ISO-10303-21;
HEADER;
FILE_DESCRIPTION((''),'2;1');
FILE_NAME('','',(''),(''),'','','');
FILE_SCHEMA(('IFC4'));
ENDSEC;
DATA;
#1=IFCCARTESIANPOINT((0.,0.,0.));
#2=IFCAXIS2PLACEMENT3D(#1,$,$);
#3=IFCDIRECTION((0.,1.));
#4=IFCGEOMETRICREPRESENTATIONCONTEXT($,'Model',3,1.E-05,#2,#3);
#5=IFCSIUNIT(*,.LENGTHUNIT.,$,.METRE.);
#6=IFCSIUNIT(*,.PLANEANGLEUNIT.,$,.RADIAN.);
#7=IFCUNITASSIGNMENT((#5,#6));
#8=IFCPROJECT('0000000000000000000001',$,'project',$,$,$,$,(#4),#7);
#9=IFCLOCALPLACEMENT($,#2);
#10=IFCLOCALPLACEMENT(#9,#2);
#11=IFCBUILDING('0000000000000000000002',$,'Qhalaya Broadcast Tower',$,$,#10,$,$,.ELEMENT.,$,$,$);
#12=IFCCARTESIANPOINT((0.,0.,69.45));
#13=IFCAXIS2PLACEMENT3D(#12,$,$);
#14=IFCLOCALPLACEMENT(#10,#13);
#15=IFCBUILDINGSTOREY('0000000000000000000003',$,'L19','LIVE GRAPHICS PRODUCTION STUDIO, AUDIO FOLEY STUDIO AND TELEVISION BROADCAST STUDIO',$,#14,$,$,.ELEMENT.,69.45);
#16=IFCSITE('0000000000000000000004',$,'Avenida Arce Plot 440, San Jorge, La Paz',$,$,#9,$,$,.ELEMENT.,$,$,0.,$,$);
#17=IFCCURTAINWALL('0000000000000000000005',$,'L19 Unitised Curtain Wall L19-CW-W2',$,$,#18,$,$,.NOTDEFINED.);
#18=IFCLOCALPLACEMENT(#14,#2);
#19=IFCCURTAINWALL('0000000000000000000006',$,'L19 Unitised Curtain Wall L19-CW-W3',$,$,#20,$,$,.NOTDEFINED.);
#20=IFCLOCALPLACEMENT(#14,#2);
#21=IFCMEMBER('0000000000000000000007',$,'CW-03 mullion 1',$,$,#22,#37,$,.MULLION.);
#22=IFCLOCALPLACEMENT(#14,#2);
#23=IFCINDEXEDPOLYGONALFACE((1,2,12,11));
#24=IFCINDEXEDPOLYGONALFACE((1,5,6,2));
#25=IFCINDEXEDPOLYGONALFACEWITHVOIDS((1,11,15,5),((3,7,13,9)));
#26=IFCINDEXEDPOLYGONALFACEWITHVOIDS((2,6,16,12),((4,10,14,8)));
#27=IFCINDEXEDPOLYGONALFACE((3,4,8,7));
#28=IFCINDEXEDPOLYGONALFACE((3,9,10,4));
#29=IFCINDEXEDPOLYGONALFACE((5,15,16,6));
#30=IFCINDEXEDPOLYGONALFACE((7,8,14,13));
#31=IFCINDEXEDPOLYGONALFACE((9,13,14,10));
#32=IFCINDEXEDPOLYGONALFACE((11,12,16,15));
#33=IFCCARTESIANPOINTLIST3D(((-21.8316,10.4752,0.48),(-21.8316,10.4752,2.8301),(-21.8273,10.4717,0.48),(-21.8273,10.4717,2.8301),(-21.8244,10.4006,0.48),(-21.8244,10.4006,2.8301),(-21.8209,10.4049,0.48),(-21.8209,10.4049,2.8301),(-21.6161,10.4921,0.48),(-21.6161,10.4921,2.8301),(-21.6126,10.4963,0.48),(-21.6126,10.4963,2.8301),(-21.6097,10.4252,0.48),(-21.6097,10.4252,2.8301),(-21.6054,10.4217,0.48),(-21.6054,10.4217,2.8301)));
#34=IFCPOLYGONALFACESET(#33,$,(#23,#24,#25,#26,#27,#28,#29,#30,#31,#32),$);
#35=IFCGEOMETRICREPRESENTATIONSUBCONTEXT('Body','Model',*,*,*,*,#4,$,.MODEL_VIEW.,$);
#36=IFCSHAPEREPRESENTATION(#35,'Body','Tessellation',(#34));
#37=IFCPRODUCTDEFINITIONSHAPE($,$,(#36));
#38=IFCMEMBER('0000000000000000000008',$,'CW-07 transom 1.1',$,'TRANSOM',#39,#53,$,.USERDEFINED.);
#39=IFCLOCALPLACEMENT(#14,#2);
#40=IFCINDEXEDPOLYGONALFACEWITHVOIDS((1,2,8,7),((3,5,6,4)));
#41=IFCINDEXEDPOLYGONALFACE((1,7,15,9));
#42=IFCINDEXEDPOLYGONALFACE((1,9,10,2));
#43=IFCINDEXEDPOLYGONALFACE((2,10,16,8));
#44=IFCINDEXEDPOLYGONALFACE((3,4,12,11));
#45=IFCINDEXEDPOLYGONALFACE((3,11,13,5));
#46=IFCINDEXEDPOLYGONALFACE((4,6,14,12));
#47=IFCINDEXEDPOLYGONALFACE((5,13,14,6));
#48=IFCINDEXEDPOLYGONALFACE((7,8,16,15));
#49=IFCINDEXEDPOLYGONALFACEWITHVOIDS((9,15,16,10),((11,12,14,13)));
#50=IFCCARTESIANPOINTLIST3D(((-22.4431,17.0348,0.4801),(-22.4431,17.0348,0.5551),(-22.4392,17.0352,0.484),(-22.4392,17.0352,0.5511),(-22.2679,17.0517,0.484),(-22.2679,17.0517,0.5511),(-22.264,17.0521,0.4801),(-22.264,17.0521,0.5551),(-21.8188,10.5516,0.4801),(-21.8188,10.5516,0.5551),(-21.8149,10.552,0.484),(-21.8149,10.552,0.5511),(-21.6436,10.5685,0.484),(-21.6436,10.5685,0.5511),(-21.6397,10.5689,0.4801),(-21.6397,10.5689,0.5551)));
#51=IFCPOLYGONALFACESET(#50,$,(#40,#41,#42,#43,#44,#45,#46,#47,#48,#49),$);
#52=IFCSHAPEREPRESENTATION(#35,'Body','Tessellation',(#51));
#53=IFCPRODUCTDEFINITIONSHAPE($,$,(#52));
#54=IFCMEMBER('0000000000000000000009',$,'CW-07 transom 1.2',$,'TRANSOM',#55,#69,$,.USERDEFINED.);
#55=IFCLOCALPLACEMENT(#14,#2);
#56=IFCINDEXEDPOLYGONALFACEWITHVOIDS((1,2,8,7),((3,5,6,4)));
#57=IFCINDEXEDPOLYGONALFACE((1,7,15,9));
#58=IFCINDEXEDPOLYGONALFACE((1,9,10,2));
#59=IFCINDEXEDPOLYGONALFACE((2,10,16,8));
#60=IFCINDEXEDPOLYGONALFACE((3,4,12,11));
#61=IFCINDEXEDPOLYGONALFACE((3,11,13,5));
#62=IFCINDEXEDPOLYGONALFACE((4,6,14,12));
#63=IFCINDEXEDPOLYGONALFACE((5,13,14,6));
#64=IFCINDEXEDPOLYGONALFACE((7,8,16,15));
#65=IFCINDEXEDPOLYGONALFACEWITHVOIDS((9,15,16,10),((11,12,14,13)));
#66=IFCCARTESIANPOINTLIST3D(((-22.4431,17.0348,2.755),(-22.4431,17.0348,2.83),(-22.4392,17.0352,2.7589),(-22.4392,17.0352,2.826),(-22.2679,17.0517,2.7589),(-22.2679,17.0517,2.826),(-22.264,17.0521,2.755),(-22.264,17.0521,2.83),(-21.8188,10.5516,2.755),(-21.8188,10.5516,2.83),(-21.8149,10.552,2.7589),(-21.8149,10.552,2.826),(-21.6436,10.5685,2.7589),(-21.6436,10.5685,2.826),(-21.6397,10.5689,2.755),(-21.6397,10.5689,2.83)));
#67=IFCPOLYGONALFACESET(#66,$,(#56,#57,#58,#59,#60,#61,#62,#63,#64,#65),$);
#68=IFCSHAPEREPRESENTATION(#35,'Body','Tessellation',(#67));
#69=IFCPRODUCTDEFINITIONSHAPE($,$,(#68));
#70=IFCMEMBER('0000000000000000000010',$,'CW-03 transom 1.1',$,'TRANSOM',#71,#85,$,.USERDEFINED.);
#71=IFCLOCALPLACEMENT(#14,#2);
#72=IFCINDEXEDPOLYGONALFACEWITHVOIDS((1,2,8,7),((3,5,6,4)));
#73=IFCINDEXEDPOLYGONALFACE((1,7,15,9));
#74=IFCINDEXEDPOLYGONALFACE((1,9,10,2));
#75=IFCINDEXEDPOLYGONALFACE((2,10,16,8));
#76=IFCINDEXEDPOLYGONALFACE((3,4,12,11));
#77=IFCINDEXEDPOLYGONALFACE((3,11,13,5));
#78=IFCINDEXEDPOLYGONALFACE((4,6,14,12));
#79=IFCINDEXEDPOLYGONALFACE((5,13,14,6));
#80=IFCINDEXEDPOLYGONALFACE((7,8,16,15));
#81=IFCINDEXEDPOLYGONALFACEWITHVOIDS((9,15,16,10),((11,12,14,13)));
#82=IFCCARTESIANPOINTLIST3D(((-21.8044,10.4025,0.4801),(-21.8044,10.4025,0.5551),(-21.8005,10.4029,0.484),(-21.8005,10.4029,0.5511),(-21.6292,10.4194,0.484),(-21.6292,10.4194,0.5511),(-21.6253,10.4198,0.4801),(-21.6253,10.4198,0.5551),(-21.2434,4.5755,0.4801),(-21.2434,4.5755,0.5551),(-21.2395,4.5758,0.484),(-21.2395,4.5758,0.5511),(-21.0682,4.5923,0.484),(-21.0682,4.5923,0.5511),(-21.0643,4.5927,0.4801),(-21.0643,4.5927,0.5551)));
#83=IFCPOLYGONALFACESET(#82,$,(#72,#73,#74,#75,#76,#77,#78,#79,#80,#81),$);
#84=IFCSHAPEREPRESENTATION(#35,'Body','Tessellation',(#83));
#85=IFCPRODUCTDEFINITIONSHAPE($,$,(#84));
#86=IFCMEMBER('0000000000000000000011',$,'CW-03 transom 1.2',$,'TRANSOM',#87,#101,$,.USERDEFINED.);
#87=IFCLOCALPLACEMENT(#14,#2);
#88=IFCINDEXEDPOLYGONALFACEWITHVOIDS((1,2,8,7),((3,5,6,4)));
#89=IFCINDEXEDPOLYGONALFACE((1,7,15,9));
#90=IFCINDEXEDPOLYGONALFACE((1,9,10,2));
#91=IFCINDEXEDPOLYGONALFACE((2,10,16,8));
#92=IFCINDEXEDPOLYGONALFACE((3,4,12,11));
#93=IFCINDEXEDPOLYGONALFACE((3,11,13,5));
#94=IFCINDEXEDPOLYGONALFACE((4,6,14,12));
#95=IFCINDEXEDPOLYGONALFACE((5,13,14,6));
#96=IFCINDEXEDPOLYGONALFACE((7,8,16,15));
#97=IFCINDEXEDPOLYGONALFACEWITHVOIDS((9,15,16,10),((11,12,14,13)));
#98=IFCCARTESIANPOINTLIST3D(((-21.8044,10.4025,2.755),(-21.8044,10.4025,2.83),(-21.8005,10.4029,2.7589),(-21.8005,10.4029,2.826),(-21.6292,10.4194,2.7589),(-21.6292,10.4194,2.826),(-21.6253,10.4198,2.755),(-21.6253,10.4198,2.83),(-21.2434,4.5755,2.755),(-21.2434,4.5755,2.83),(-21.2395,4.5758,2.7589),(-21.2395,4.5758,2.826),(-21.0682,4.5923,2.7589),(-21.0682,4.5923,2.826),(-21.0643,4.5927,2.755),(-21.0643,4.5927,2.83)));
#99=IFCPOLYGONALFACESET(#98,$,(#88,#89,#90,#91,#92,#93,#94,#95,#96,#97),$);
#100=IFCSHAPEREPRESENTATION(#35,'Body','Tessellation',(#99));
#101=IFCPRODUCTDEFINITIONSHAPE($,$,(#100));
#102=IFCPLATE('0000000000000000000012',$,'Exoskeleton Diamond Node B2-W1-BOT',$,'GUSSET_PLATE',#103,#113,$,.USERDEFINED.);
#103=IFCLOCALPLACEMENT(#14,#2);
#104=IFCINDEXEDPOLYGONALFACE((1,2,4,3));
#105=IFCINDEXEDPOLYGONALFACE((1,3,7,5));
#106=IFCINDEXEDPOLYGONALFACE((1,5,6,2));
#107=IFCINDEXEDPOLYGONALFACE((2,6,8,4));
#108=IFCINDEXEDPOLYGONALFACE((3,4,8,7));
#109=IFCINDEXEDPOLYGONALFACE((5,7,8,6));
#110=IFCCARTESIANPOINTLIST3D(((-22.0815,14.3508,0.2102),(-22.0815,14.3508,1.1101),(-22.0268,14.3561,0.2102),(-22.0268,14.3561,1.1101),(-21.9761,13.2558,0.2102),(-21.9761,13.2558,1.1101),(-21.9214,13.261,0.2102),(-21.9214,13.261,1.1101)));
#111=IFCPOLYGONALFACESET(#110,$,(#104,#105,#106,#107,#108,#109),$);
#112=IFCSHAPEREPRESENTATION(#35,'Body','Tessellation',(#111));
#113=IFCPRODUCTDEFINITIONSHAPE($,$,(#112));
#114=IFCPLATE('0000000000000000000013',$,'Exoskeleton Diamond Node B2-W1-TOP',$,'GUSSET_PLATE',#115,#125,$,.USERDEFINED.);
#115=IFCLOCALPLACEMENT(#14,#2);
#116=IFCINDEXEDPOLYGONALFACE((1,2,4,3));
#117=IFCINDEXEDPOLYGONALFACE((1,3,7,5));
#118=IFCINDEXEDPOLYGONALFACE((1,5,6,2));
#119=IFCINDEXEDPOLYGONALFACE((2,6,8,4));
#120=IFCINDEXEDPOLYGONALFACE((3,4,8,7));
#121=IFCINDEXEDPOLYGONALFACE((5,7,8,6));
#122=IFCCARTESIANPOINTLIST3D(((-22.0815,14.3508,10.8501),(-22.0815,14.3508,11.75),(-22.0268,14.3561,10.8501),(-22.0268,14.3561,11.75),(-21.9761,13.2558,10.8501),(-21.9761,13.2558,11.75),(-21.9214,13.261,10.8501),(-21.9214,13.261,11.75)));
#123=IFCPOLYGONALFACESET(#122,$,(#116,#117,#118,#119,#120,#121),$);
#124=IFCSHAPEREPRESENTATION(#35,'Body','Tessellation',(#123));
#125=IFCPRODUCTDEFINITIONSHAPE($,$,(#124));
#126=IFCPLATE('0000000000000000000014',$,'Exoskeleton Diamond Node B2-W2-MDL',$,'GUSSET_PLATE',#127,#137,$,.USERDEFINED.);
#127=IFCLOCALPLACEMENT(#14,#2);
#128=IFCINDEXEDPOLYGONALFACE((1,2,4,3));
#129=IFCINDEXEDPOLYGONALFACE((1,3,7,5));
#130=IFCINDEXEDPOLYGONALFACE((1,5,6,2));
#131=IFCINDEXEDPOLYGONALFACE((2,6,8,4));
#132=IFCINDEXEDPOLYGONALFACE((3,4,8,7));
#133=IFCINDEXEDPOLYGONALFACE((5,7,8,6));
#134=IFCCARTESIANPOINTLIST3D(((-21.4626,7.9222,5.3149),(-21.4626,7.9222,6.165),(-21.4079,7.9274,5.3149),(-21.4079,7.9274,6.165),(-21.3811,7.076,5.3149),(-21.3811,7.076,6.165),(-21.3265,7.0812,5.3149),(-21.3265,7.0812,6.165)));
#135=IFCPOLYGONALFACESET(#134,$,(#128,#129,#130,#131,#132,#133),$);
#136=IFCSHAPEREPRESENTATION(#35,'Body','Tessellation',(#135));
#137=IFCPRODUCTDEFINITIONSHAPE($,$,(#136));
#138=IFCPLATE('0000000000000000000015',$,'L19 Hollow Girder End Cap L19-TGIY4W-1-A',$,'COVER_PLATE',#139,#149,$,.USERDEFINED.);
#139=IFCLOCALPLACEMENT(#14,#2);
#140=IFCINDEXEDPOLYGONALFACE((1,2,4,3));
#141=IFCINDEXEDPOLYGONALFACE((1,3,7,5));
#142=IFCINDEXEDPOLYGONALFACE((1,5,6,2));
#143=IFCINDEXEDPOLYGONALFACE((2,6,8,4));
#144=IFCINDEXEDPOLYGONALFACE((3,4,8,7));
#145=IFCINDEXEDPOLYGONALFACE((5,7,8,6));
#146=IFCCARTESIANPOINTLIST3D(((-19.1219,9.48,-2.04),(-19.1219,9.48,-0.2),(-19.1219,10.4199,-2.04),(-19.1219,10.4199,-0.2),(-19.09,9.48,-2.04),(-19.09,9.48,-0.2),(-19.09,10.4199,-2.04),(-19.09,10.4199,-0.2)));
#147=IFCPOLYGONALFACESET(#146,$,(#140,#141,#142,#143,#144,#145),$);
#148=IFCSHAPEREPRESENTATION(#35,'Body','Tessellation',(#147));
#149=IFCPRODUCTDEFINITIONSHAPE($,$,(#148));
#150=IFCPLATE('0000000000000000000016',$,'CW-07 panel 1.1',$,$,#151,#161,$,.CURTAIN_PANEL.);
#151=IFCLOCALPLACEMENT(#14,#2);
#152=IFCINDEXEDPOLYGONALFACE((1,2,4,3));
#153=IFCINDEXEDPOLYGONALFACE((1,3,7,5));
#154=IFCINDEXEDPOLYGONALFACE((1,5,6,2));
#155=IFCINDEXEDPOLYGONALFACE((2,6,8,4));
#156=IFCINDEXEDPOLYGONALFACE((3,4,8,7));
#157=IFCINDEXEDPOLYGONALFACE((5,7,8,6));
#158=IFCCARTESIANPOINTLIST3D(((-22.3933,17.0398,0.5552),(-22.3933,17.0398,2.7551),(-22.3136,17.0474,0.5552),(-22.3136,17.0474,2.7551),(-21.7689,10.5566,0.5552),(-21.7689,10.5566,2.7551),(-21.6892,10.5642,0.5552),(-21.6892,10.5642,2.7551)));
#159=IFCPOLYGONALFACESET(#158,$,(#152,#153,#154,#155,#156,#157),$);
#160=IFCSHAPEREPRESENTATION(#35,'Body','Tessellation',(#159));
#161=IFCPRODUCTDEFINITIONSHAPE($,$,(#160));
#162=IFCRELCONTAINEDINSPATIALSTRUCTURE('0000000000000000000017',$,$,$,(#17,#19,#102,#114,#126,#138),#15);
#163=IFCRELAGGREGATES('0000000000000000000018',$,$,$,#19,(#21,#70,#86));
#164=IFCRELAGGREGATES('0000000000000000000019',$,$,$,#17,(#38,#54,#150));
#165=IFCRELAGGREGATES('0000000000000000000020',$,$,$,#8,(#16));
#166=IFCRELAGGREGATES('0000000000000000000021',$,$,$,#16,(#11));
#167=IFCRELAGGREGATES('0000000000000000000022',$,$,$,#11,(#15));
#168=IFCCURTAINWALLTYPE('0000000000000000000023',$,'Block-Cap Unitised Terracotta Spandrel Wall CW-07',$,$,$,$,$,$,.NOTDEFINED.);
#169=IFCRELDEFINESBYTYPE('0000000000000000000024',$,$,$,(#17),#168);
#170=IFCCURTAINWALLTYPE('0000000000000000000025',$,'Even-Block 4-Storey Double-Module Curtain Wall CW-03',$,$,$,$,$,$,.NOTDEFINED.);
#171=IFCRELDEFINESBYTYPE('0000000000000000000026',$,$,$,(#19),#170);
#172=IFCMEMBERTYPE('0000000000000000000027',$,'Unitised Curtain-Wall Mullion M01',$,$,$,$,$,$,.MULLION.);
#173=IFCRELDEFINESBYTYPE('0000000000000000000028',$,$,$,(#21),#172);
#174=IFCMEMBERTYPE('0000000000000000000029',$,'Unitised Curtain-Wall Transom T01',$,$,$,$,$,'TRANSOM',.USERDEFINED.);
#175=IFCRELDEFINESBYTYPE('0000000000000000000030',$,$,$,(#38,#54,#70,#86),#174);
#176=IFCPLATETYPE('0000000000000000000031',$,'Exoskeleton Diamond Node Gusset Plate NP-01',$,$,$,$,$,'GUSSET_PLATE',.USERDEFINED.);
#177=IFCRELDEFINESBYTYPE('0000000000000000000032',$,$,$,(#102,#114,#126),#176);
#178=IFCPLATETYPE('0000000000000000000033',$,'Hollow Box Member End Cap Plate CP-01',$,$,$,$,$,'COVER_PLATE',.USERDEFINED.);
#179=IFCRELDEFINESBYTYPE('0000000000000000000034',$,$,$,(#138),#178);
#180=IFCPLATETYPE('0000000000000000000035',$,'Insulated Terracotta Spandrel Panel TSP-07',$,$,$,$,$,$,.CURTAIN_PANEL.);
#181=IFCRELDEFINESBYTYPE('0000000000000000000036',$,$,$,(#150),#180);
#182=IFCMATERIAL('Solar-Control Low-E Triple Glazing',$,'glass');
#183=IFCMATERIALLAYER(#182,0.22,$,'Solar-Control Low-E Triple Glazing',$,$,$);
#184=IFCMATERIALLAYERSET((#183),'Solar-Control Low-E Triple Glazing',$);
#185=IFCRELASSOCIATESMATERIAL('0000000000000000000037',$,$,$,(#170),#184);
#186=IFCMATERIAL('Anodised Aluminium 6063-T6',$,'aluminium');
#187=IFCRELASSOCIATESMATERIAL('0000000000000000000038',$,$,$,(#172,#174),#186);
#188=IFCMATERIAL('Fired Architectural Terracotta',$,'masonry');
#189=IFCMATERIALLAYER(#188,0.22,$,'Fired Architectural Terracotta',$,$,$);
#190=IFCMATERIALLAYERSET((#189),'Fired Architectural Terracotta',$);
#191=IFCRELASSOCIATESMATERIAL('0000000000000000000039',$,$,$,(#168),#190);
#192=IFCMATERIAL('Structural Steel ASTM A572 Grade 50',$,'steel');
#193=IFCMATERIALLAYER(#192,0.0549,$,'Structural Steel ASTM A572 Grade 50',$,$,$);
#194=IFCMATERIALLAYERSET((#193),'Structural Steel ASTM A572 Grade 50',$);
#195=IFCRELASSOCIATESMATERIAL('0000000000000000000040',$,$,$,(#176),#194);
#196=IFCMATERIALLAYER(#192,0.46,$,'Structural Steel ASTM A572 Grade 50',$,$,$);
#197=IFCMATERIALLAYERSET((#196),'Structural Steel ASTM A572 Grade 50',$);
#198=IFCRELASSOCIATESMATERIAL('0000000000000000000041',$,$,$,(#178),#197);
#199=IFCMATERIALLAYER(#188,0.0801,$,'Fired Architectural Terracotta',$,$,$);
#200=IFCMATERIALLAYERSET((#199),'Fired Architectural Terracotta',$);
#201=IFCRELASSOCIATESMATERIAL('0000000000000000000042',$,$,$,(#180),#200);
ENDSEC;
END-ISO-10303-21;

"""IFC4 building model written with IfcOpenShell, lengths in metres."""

from ifc_helpers import new_model, si_unit, direction, frame, origin, origin_2d, place, context, subcontext, project, spatial, rectangle, hollow_rectangle, extrude, material, layer, layer_set, material_profile, profile_set, type_object, element, aggregate, save


model = new_model("IFC4")

# Units and contexts
model_context = context("Model", 3, precision=1e-05, world=origin(), true_north=direction((0.0, 1.0)))
body_context = subcontext(model_context, "Body", "Model", "MODEL_VIEW")
ifc_project = project(units=[si_unit("LENGTHUNIT", "METRE"), si_unit("PLANEANGLEUNIT", "RADIAN")], contexts=[model_context])

# Site, building, storey
site_placement = place(None, origin())
site = spatial("IfcSite", under=ifc_project, at=site_placement, Name="Avenida Arce Plot 440, San Jorge, La Paz", CompositionType="ELEMENT", RefElevation=0.0)
building_placement = place(site_placement, origin())
building = spatial("IfcBuilding", under=site, at=building_placement, Name="Qhalaya Broadcast Tower", CompositionType="ELEMENT")
storey_placement = place(building_placement, frame((0.0, 0.0, 69.45)))
storey = spatial("IfcBuildingStorey", under=building, at=storey_placement, Name="L19", Description="LIVE GRAPHICS PRODUCTION STUDIO, AUDIO FOLEY STUDIO AND TELEVISION BROADCAST STUDIO", CompositionType="ELEMENT", Elevation=69.45)

# Shared definitions
ifc_material_1 = material(Name="Structural Steel ASTM A572 Grade 50", Category="steel")

# Shared definitions
ifc_material_2 = material(Name="Solar-Control Low-E Triple Glazing", Category="glass")
ifc_layer_1 = layer(ifc_material_2, 0.22, Name="Solar-Control Low-E Triple Glazing")
ifc_layer_set_1 = layer_set([ifc_layer_1], Name="Solar-Control Low-E Triple Glazing")
curtain_wall_type_1 = type_object("IfcCurtainWallType", Name="Even-Block 4-Storey Double-Module Curtain Wall CW-03", PredefinedType="NOTDEFINED", material=ifc_layer_set_1)
ifc_material_3 = material(Name="Anodised Aluminium 6063-T6", Category="aluminium")
ifc_material_profile_1 = material_profile(ifc_material_3, hollow_rectangle(XDim=0.075, YDim=0.22, WallThickness=0.0039, at=origin_2d()), Name="ALU-MUL 75x220x4")
ifc_profile_set_1 = profile_set([ifc_material_profile_1], Name="Anodised Aluminium 6063-T6")
member_type_1 = type_object("IfcMemberType", Name="Unitised Curtain-Wall Mullion M01", PredefinedType="MULLION", material=ifc_profile_set_1)

# Curtain wall
ifc_material_4 = material(Name="Fired Architectural Terracotta", Category="masonry")
ifc_layer_2 = layer(ifc_material_4, 0.22, Name="Fired Architectural Terracotta")
ifc_layer_set_2 = layer_set([ifc_layer_2], Name="Fired Architectural Terracotta")
curtain_wall_type_2 = type_object("IfcCurtainWallType", Name="Block-Cap Unitised Terracotta Spandrel Wall CW-07", PredefinedType="NOTDEFINED", material=ifc_layer_set_2)
curtain_wall_1_placement = place(storey_placement, origin())
curtain_wall_1 = element("IfcCurtainWall", 1, at=curtain_wall_1_placement, inside=storey, type_object=curtain_wall_type_2, Name="L19 Unitised Curtain Wall L19-CW-W2", PredefinedType="NOTDEFINED")

# Curtain wall, member
curtain_wall_2_placement = place(storey_placement, origin())
curtain_wall_2 = element("IfcCurtainWall", 2, at=curtain_wall_2_placement, inside=storey, type_object=curtain_wall_type_1, Name="L19 Unitised Curtain Wall L19-CW-W3", PredefinedType="NOTDEFINED")
member_1_placement = place(storey_placement, frame((-21.7185, 10.4485, 0.48), z_axis=(0.0, 0.0, 1.0), x_axis=(0.095837, -0.995397, 0.0)))
member_1 = element("IfcMember", 3, at=member_1_placement, type_object=member_type_1, Name="CW-03 mullion 1", PredefinedType="MULLION", context=body_context, shape_type="SweptSolid", body=[
    extrude(hollow_rectangle(XDim=0.075, YDim=0.22, WallThickness=0.0039, at=origin_2d()), origin(), (0.0, 0.0, 1.0), 2.3501),
])

# Members
ifc_material_profile_2 = material_profile(ifc_material_3, hollow_rectangle(XDim=0.075, YDim=0.1799, WallThickness=0.0039, at=origin_2d()), Name="ALU-TRN 75x180x4")
ifc_profile_set_2 = profile_set([ifc_material_profile_2], Name="Anodised Aluminium 6063-T6")
member_type_2 = type_object("IfcMemberType", Name="Unitised Curtain-Wall Transom T01", ElementType="TRANSOM", PredefinedType="USERDEFINED", material=ifc_profile_set_2)
member_2_placement = place(storey_placement, frame((-22.3535, 17.0435, 0.5176), z_axis=(0.095847, -0.995396, 0.0), x_axis=(0.0, 0.0, 1.0)))
member_2 = element("IfcMember", 4, at=member_2_placement, type_object=member_type_2, Name="CW-07 transom 1.1", ObjectType="TRANSOM", PredefinedType="USERDEFINED", context=body_context, shape_type="SweptSolid", body=[
    extrude(hollow_rectangle(XDim=0.075, YDim=0.1799, WallThickness=0.0039, at=origin_2d()), origin(), (0.0, 0.0, 1.0), 6.5132),
])
member_3_placement = place(storey_placement, frame((-22.3535, 17.0435, 2.7925), z_axis=(0.095847, -0.995396, 0.0), x_axis=(0.0, 0.0, 1.0)))
member_3 = element("IfcMember", 5, at=member_3_placement, type_object=member_type_2, Name="CW-07 transom 1.2", ObjectType="TRANSOM", PredefinedType="USERDEFINED", context=body_context, shape_type="SweptSolid", body=[
    extrude(hollow_rectangle(XDim=0.075, YDim=0.1799, WallThickness=0.0039, at=origin_2d()), origin(), (0.0, 0.0, 1.0), 6.5132),
])
member_4_placement = place(storey_placement, frame((-21.7148, 10.4111, 0.5176), z_axis=(0.095836, -0.995397, 0.0), x_axis=(0.0, 0.0, 1.0)))
member_4 = element("IfcMember", 6, at=member_4_placement, type_object=member_type_2, Name="CW-03 transom 1.1", ObjectType="TRANSOM", PredefinedType="USERDEFINED", context=body_context, shape_type="SweptSolid", body=[
    extrude(hollow_rectangle(XDim=0.075, YDim=0.1799, WallThickness=0.0039, at=origin_2d()), origin(), (0.0, 0.0, 1.0), 5.854),
])
member_5_placement = place(storey_placement, frame((-21.7148, 10.4111, 2.7925), z_axis=(0.095836, -0.995397, 0.0), x_axis=(0.0, 0.0, 1.0)))
member_5 = element("IfcMember", 7, at=member_5_placement, type_object=member_type_2, Name="CW-03 transom 1.2", ObjectType="TRANSOM", PredefinedType="USERDEFINED", context=body_context, shape_type="SweptSolid", body=[
    extrude(hollow_rectangle(XDim=0.075, YDim=0.1799, WallThickness=0.0039, at=origin_2d()), origin(), (0.0, 0.0, 1.0), 5.854),
])
aggregate(curtain_wall_2, [member_1, member_4, member_5])

# Plates
ifc_layer_3 = layer(ifc_material_1, 0.0549, Name="Structural Steel ASTM A572 Grade 50")
ifc_layer_set_3 = layer_set([ifc_layer_3], Name="Structural Steel ASTM A572 Grade 50")
plate_type_1 = type_object("IfcPlateType", Name="Exoskeleton Diamond Node Gusset Plate NP-01", ElementType="GUSSET_PLATE", PredefinedType="USERDEFINED", material=ifc_layer_set_3)
for number, where, z_axis, x_axis, name in (
    (8, (-22.0015, 13.8059, 0.2102), (0.0, 0.0, 1.0), (-0.095846, 0.995396, 0.0), "Exoskeleton Diamond Node B2-W1-BOT"),
    (9, (-22.0015, 13.8059, 10.8501), (0.0, 0.0, 1.0), (-0.095846, 0.995396, 0.0), "Exoskeleton Diamond Node B2-W1-TOP"),
):
    element("IfcPlate", number, at=place(storey_placement, frame(where, z_axis=z_axis, x_axis=x_axis)), inside=storey, type_object=plate_type_1, Name=name, ObjectType="GUSSET_PLATE", PredefinedType="USERDEFINED", context=body_context, shape_type="SweptSolid", body=[
        extrude(rectangle(XDim=1.1001, YDim=0.0549, at=origin_2d()), origin(), (0.0, 0.0, 1.0), 0.8999),
    ])
plate_1_placement = place(storey_placement, frame((-21.3945, 7.5017, 5.3149), z_axis=(0.0, 0.0, 1.0), x_axis=(-0.095846, 0.995396, 0.0)))
element("IfcPlate", 10, at=plate_1_placement, inside=storey, type_object=plate_type_1, Name="Exoskeleton Diamond Node B2-W2-MDL", ObjectType="GUSSET_PLATE", PredefinedType="USERDEFINED", context=body_context, shape_type="SweptSolid", body=[
    extrude(rectangle(XDim=0.8501, YDim=0.0549, at=origin_2d()), origin(), (0.0, 0.0, 1.0), 0.8501),
])
ifc_layer_4 = layer(ifc_material_1, 0.46, Name="Structural Steel ASTM A572 Grade 50")
ifc_layer_set_4 = layer_set([ifc_layer_4], Name="Structural Steel ASTM A572 Grade 50")
plate_type_2 = type_object("IfcPlateType", Name="Hollow Box Member End Cap Plate CP-01", ElementType="COVER_PLATE", PredefinedType="USERDEFINED", material=ifc_layer_set_4)
plate_2_placement = place(storey_placement, frame((-19.106, 9.95, -2.04), z_axis=(0.0, 0.0, 1.0), x_axis=(0.0, 1.0, 0.0)))
element("IfcPlate", 11, at=plate_2_placement, inside=storey, type_object=plate_type_2, Name="L19 Hollow Girder End Cap L19-TGIY4W-1-A", ObjectType="COVER_PLATE", PredefinedType="USERDEFINED", context=body_context, shape_type="SweptSolid", body=[
    extrude(rectangle(XDim=0.9399, YDim=0.032, at=origin_2d()), origin(), (0.0, 0.0, 1.0), 1.8401),
])

# Plate
ifc_layer_5 = layer(ifc_material_4, 0.0801, Name="Fired Architectural Terracotta")
ifc_layer_set_5 = layer_set([ifc_layer_5], Name="Fired Architectural Terracotta")
plate_type_3 = type_object("IfcPlateType", Name="Insulated Terracotta Spandrel Panel TSP-07", PredefinedType="CURTAIN_PANEL", material=ifc_layer_set_5)
plate_3_placement = place(storey_placement, frame((-22.0413, 13.802, 0.5552), z_axis=(0.0, 0.0, 1.0), x_axis=(0.095857, -0.995395, 0.0)))
plate_3 = element("IfcPlate", 12, at=plate_3_placement, type_object=plate_type_3, Name="CW-07 panel 1.1", PredefinedType="CURTAIN_PANEL", context=body_context, shape_type="SweptSolid", body=[
    extrude(rectangle(XDim=6.5132, YDim=0.0801, at=origin_2d()), origin(), (0.0, 0.0, 1.0), 2.2),
])
aggregate(curtain_wall_1, [member_2, member_3, plate_3])

save(model, "model.ifc")
